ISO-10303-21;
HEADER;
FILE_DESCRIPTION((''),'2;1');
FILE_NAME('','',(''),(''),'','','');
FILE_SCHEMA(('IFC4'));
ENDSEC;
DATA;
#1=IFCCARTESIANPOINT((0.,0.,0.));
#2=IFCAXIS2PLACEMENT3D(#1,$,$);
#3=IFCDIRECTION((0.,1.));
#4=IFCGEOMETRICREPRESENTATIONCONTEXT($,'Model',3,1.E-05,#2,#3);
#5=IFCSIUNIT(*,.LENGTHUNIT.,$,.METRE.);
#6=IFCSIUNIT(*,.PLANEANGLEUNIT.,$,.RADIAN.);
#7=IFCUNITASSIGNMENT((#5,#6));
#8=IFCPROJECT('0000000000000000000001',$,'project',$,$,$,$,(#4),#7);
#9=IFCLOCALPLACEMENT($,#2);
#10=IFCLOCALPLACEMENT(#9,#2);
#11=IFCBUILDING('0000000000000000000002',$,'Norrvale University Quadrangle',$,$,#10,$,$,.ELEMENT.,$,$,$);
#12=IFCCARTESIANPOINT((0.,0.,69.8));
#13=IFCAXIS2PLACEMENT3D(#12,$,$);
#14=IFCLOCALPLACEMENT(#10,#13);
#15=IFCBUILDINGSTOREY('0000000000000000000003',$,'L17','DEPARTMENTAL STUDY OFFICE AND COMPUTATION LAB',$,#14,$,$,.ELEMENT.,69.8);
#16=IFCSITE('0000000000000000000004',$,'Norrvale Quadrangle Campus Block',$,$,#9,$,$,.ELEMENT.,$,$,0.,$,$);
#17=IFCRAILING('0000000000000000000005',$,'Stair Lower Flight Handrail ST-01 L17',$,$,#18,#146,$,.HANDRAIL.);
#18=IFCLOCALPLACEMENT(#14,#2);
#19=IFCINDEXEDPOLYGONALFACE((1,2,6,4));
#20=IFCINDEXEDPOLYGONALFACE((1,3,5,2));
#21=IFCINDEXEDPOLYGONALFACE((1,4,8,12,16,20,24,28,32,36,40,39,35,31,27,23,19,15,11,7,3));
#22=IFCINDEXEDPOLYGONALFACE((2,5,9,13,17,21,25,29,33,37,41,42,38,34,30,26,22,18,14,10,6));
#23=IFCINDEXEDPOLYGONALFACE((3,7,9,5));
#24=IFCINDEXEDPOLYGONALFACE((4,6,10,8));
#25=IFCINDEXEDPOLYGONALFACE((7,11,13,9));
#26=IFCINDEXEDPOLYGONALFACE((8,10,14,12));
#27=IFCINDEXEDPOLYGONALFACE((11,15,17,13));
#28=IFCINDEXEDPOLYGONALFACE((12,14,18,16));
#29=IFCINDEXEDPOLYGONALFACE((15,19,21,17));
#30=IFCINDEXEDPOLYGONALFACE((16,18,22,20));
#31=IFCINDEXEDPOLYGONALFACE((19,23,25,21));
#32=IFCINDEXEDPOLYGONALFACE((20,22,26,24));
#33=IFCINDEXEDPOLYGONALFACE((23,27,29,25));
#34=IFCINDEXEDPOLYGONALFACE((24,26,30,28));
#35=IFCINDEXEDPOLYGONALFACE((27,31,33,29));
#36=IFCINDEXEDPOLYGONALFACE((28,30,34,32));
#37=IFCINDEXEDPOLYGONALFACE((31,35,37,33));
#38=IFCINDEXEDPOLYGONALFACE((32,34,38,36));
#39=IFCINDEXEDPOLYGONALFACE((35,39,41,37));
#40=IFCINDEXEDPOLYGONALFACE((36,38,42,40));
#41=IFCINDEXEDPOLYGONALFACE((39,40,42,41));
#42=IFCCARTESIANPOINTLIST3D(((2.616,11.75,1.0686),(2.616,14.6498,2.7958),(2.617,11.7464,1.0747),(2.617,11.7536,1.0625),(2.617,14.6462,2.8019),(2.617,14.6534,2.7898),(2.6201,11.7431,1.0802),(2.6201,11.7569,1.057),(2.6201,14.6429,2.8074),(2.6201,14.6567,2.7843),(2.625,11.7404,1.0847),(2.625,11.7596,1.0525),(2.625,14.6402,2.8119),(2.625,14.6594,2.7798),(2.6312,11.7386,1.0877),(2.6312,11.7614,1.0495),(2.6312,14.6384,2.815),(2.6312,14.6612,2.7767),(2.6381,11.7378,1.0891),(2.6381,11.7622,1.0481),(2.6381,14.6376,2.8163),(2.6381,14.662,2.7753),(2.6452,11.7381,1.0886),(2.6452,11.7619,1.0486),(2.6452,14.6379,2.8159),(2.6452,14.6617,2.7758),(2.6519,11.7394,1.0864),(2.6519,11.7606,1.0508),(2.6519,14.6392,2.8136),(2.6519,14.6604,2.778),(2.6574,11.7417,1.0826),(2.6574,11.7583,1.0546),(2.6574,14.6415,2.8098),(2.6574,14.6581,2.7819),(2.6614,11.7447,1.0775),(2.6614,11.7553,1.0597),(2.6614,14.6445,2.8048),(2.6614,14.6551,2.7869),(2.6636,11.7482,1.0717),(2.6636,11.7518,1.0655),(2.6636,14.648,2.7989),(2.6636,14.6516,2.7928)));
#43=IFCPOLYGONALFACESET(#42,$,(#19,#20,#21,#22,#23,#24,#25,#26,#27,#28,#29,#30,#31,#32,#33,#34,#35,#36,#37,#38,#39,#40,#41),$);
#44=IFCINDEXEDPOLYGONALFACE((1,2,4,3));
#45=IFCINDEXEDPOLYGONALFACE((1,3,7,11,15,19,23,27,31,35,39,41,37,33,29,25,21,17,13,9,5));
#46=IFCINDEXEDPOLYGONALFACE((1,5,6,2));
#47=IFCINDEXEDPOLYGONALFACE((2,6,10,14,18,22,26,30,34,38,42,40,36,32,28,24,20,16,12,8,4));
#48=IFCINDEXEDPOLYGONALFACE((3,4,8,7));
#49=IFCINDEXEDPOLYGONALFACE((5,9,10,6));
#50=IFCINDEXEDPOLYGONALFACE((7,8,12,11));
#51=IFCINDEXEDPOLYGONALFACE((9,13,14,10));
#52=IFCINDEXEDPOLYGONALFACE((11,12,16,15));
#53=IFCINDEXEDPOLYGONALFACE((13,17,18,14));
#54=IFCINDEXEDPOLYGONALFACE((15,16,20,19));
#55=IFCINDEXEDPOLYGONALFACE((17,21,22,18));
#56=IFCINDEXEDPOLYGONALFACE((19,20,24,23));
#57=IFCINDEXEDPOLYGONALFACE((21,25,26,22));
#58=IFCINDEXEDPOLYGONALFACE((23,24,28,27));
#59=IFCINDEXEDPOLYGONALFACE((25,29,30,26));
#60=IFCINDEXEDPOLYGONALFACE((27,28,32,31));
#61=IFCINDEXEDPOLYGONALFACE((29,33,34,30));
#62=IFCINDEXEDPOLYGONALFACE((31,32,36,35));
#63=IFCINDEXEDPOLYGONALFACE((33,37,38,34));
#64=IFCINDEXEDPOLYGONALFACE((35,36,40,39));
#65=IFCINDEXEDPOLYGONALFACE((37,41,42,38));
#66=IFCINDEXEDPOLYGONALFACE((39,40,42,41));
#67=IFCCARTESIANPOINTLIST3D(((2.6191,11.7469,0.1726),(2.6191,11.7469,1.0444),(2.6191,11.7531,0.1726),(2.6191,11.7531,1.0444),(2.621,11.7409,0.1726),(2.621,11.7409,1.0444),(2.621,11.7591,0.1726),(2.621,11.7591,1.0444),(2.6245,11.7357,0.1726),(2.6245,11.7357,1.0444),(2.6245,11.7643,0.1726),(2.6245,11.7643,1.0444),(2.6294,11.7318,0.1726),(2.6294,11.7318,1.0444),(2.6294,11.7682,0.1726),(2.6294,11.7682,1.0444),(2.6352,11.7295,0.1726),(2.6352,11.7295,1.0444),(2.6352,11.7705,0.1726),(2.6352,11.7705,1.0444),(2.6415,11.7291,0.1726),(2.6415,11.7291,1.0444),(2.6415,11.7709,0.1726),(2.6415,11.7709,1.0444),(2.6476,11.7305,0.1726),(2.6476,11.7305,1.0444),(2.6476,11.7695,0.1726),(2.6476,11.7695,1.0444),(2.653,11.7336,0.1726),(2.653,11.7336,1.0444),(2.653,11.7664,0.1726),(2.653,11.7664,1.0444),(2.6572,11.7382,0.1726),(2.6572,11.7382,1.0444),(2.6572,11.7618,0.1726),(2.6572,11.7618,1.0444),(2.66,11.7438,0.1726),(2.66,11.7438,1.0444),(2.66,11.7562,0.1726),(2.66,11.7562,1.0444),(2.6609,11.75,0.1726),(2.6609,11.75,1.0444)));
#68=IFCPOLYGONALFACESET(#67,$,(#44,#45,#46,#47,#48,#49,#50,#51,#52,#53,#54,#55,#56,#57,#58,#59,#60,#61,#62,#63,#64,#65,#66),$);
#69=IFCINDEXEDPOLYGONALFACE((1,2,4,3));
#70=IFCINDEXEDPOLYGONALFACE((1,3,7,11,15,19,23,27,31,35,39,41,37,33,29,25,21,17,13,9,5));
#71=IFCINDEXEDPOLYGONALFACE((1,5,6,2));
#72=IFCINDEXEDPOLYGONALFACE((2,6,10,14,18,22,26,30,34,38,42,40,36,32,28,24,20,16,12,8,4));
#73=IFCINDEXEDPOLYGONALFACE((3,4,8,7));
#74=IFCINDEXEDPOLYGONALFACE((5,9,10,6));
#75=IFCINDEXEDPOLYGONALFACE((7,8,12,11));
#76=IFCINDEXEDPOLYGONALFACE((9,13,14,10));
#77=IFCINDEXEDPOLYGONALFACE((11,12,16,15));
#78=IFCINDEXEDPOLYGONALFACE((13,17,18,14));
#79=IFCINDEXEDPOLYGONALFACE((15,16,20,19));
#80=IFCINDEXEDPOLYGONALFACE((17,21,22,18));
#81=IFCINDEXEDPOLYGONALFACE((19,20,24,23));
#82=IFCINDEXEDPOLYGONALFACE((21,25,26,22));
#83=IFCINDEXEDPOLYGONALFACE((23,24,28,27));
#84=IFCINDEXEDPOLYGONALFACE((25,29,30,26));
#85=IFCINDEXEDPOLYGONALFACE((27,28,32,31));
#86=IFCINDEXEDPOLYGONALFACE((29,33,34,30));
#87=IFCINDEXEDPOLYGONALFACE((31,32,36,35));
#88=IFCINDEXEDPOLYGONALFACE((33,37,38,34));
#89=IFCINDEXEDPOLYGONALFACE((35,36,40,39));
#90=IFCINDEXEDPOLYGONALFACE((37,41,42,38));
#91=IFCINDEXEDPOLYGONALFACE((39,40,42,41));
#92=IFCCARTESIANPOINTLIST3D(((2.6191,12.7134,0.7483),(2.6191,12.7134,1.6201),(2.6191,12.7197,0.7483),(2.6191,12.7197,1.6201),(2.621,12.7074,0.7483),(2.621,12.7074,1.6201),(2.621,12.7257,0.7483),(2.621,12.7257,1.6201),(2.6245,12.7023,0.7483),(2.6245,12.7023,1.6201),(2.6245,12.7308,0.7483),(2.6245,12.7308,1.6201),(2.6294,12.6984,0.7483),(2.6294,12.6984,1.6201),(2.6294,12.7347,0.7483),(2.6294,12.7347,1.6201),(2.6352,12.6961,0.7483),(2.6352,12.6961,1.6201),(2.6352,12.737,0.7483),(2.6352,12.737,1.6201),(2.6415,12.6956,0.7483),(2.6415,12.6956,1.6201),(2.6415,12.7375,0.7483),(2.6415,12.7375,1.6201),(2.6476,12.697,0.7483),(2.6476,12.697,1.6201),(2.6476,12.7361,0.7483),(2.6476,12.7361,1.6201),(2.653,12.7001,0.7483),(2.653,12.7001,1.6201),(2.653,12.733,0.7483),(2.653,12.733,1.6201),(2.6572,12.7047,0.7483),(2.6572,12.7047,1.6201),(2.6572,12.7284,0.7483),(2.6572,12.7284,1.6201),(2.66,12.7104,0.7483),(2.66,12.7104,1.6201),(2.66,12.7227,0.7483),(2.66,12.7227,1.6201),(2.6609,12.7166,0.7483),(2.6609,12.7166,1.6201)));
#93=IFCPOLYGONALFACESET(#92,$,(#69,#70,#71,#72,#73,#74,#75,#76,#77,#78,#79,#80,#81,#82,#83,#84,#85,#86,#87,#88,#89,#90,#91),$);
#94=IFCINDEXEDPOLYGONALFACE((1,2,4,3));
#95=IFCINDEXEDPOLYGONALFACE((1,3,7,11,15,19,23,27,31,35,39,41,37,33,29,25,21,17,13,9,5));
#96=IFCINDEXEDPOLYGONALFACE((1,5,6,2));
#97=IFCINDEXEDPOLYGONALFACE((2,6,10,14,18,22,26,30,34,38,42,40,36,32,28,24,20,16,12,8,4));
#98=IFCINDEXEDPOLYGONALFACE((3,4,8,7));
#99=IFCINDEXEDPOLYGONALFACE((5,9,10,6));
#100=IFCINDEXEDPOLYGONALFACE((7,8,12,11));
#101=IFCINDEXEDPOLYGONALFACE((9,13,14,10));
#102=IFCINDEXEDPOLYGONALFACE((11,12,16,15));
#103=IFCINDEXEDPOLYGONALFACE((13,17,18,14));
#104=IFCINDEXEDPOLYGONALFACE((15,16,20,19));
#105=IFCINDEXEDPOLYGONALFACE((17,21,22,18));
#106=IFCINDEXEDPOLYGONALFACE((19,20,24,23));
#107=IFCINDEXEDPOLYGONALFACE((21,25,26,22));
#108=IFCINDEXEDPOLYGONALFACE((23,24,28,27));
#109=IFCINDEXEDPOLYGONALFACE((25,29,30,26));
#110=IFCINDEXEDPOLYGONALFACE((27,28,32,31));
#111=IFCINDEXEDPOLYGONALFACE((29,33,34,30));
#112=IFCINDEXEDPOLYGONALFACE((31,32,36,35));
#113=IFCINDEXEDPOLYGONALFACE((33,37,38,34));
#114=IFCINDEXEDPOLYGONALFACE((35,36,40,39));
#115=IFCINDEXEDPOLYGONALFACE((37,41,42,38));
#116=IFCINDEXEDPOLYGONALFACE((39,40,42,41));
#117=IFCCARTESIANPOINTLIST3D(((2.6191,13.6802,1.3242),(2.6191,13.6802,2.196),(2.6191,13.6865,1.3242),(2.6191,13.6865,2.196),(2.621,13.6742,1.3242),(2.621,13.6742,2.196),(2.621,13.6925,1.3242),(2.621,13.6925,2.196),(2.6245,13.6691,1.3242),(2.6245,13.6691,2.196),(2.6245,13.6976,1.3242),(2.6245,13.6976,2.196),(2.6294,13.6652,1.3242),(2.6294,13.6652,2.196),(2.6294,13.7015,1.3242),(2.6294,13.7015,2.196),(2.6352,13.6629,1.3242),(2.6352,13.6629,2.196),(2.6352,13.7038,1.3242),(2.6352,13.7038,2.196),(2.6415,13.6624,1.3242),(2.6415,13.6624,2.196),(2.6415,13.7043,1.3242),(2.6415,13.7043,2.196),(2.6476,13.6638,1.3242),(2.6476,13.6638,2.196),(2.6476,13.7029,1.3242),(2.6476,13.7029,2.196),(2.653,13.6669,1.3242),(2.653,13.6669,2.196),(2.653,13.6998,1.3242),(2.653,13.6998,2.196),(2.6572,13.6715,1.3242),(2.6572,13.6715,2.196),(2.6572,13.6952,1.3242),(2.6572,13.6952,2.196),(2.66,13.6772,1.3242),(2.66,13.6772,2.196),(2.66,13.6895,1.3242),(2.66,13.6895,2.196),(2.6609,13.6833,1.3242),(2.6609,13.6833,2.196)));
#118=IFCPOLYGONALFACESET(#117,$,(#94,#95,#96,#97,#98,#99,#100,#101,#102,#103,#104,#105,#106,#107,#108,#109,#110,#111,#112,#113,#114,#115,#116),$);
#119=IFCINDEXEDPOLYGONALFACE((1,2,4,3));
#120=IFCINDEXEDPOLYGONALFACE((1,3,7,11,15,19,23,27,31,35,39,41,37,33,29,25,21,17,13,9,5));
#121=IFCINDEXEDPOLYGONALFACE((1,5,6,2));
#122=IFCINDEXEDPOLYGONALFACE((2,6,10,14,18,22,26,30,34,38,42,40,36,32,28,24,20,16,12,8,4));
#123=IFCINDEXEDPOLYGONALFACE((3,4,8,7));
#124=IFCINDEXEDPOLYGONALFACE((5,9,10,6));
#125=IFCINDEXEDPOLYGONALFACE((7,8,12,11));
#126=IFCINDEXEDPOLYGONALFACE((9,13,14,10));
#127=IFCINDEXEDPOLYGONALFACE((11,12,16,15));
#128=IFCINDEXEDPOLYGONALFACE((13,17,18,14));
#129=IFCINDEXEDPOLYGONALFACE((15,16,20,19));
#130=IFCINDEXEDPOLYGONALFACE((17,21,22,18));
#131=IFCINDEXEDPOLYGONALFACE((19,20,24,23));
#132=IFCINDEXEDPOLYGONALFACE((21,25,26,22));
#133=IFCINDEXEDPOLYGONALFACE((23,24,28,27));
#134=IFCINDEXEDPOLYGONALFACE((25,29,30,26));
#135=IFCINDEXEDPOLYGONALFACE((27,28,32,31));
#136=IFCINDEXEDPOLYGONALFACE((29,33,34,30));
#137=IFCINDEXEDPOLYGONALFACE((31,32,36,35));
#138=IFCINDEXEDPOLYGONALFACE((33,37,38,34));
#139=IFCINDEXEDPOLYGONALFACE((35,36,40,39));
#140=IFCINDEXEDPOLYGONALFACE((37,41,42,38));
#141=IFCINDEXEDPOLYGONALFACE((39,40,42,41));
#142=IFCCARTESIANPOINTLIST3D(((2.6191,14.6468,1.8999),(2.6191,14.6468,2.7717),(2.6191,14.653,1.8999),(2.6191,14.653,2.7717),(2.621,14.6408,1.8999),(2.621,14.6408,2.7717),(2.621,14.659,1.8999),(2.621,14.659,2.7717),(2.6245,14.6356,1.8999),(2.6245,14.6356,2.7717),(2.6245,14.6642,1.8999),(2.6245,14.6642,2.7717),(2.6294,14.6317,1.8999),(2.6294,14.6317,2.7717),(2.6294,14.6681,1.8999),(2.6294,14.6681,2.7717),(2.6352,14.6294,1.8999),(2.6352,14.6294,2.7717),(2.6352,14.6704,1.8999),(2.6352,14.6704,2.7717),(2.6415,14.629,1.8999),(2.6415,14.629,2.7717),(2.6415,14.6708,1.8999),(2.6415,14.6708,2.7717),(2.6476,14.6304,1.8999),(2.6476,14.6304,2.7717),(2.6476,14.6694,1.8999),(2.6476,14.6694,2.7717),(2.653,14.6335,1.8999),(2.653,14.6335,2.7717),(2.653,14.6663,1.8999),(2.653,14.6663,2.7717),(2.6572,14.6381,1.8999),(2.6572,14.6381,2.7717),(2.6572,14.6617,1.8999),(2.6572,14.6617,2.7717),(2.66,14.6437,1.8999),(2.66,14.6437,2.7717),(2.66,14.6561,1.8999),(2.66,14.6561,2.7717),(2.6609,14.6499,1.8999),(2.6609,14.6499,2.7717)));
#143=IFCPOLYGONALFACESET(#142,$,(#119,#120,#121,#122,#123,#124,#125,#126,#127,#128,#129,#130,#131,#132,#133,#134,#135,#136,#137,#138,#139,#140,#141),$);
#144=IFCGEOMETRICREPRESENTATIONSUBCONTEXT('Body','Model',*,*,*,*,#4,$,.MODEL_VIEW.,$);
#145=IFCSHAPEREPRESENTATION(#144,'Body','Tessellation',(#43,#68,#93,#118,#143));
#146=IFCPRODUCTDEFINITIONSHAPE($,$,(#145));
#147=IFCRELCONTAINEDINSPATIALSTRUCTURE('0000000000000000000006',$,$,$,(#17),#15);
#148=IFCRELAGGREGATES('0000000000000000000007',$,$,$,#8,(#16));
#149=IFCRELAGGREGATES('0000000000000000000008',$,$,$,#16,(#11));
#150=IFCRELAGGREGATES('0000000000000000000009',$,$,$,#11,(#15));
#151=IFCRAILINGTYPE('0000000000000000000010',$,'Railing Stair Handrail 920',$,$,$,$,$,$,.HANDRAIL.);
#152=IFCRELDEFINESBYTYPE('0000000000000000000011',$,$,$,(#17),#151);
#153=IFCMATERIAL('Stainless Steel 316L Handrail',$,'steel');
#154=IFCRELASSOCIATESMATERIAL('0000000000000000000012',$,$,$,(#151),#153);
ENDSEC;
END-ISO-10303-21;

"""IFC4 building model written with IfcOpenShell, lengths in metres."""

from ifc_helpers import new_model, si_unit, direction, frame, origin, origin_2d, place, context, subcontext, project, spatial, circle, extrude, material, type_object, element, save


model = new_model("IFC4")

# Units and contexts
model_context = context("Model", 3, precision=1e-05, world=origin(), true_north=direction((0.0, 1.0)))
body_context = subcontext(model_context, "Body", "Model", "MODEL_VIEW")
ifc_project = project(units=[si_unit("LENGTHUNIT", "METRE"), si_unit("PLANEANGLEUNIT", "RADIAN")], contexts=[model_context])

# Site, building, storey
site_placement = place(None, origin())
site = spatial("IfcSite", under=ifc_project, at=site_placement, Name="Norrvale Quadrangle Campus Block", CompositionType="ELEMENT", RefElevation=0.0)
building_placement = place(site_placement, origin())
building = spatial("IfcBuilding", under=site, at=building_placement, Name="Norrvale University Quadrangle", CompositionType="ELEMENT")
storey_placement = place(building_placement, frame((0.0, 0.0, 69.8)))
storey = spatial("IfcBuildingStorey", under=building, at=storey_placement, Name="L17", Description="DEPARTMENTAL STUDY OFFICE AND COMPUTATION LAB", CompositionType="ELEMENT", Elevation=69.8)

# Railing
ifc_material_1 = material(Name="Stainless Steel 316L Handrail", Category="steel")
railing_type_1 = type_object("IfcRailingType", Name="Railing Stair Handrail 920", PredefinedType="HANDRAIL", material=ifc_material_1)
railing_1_placement = place(storey_placement, frame((2.6399, 11.75, 0.1726)))
element("IfcRailing", 1, at=railing_1_placement, inside=storey, type_object=railing_type_1, Name="Stair Lower Flight Handrail ST-01 L17", PredefinedType="HANDRAIL", context=body_context, shape_type="SweptSolid", body=[
    extrude(circle(Radius=0.0239, at=origin_2d()), frame((0.0, 0.0, 0.896), z_axis=(0.0, 0.859141, 0.511738), x_axis=(-1.0, 0.0, 0.0)), (0.0, 0.0, 1.0), 3.3752),
    extrude(circle(Radius=0.021, at=origin_2d()), origin(), (0.0, 0.0, 1.0), 0.8718),
    extrude(circle(Radius=0.021, at=origin_2d()), frame((0.0, 0.9666, 0.5757)), (0.0, 0.0, 1.0), 0.8718),
    extrude(circle(Radius=0.021, at=origin_2d()), frame((0.0, 1.9333, 1.1516)), (0.0, 0.0, 1.0), 0.8718),
    extrude(circle(Radius=0.021, at=origin_2d()), frame((0.0, 2.8999, 1.7273)), (0.0, 0.0, 1.0), 0.8718),
])

save(model, "model.ifc")
